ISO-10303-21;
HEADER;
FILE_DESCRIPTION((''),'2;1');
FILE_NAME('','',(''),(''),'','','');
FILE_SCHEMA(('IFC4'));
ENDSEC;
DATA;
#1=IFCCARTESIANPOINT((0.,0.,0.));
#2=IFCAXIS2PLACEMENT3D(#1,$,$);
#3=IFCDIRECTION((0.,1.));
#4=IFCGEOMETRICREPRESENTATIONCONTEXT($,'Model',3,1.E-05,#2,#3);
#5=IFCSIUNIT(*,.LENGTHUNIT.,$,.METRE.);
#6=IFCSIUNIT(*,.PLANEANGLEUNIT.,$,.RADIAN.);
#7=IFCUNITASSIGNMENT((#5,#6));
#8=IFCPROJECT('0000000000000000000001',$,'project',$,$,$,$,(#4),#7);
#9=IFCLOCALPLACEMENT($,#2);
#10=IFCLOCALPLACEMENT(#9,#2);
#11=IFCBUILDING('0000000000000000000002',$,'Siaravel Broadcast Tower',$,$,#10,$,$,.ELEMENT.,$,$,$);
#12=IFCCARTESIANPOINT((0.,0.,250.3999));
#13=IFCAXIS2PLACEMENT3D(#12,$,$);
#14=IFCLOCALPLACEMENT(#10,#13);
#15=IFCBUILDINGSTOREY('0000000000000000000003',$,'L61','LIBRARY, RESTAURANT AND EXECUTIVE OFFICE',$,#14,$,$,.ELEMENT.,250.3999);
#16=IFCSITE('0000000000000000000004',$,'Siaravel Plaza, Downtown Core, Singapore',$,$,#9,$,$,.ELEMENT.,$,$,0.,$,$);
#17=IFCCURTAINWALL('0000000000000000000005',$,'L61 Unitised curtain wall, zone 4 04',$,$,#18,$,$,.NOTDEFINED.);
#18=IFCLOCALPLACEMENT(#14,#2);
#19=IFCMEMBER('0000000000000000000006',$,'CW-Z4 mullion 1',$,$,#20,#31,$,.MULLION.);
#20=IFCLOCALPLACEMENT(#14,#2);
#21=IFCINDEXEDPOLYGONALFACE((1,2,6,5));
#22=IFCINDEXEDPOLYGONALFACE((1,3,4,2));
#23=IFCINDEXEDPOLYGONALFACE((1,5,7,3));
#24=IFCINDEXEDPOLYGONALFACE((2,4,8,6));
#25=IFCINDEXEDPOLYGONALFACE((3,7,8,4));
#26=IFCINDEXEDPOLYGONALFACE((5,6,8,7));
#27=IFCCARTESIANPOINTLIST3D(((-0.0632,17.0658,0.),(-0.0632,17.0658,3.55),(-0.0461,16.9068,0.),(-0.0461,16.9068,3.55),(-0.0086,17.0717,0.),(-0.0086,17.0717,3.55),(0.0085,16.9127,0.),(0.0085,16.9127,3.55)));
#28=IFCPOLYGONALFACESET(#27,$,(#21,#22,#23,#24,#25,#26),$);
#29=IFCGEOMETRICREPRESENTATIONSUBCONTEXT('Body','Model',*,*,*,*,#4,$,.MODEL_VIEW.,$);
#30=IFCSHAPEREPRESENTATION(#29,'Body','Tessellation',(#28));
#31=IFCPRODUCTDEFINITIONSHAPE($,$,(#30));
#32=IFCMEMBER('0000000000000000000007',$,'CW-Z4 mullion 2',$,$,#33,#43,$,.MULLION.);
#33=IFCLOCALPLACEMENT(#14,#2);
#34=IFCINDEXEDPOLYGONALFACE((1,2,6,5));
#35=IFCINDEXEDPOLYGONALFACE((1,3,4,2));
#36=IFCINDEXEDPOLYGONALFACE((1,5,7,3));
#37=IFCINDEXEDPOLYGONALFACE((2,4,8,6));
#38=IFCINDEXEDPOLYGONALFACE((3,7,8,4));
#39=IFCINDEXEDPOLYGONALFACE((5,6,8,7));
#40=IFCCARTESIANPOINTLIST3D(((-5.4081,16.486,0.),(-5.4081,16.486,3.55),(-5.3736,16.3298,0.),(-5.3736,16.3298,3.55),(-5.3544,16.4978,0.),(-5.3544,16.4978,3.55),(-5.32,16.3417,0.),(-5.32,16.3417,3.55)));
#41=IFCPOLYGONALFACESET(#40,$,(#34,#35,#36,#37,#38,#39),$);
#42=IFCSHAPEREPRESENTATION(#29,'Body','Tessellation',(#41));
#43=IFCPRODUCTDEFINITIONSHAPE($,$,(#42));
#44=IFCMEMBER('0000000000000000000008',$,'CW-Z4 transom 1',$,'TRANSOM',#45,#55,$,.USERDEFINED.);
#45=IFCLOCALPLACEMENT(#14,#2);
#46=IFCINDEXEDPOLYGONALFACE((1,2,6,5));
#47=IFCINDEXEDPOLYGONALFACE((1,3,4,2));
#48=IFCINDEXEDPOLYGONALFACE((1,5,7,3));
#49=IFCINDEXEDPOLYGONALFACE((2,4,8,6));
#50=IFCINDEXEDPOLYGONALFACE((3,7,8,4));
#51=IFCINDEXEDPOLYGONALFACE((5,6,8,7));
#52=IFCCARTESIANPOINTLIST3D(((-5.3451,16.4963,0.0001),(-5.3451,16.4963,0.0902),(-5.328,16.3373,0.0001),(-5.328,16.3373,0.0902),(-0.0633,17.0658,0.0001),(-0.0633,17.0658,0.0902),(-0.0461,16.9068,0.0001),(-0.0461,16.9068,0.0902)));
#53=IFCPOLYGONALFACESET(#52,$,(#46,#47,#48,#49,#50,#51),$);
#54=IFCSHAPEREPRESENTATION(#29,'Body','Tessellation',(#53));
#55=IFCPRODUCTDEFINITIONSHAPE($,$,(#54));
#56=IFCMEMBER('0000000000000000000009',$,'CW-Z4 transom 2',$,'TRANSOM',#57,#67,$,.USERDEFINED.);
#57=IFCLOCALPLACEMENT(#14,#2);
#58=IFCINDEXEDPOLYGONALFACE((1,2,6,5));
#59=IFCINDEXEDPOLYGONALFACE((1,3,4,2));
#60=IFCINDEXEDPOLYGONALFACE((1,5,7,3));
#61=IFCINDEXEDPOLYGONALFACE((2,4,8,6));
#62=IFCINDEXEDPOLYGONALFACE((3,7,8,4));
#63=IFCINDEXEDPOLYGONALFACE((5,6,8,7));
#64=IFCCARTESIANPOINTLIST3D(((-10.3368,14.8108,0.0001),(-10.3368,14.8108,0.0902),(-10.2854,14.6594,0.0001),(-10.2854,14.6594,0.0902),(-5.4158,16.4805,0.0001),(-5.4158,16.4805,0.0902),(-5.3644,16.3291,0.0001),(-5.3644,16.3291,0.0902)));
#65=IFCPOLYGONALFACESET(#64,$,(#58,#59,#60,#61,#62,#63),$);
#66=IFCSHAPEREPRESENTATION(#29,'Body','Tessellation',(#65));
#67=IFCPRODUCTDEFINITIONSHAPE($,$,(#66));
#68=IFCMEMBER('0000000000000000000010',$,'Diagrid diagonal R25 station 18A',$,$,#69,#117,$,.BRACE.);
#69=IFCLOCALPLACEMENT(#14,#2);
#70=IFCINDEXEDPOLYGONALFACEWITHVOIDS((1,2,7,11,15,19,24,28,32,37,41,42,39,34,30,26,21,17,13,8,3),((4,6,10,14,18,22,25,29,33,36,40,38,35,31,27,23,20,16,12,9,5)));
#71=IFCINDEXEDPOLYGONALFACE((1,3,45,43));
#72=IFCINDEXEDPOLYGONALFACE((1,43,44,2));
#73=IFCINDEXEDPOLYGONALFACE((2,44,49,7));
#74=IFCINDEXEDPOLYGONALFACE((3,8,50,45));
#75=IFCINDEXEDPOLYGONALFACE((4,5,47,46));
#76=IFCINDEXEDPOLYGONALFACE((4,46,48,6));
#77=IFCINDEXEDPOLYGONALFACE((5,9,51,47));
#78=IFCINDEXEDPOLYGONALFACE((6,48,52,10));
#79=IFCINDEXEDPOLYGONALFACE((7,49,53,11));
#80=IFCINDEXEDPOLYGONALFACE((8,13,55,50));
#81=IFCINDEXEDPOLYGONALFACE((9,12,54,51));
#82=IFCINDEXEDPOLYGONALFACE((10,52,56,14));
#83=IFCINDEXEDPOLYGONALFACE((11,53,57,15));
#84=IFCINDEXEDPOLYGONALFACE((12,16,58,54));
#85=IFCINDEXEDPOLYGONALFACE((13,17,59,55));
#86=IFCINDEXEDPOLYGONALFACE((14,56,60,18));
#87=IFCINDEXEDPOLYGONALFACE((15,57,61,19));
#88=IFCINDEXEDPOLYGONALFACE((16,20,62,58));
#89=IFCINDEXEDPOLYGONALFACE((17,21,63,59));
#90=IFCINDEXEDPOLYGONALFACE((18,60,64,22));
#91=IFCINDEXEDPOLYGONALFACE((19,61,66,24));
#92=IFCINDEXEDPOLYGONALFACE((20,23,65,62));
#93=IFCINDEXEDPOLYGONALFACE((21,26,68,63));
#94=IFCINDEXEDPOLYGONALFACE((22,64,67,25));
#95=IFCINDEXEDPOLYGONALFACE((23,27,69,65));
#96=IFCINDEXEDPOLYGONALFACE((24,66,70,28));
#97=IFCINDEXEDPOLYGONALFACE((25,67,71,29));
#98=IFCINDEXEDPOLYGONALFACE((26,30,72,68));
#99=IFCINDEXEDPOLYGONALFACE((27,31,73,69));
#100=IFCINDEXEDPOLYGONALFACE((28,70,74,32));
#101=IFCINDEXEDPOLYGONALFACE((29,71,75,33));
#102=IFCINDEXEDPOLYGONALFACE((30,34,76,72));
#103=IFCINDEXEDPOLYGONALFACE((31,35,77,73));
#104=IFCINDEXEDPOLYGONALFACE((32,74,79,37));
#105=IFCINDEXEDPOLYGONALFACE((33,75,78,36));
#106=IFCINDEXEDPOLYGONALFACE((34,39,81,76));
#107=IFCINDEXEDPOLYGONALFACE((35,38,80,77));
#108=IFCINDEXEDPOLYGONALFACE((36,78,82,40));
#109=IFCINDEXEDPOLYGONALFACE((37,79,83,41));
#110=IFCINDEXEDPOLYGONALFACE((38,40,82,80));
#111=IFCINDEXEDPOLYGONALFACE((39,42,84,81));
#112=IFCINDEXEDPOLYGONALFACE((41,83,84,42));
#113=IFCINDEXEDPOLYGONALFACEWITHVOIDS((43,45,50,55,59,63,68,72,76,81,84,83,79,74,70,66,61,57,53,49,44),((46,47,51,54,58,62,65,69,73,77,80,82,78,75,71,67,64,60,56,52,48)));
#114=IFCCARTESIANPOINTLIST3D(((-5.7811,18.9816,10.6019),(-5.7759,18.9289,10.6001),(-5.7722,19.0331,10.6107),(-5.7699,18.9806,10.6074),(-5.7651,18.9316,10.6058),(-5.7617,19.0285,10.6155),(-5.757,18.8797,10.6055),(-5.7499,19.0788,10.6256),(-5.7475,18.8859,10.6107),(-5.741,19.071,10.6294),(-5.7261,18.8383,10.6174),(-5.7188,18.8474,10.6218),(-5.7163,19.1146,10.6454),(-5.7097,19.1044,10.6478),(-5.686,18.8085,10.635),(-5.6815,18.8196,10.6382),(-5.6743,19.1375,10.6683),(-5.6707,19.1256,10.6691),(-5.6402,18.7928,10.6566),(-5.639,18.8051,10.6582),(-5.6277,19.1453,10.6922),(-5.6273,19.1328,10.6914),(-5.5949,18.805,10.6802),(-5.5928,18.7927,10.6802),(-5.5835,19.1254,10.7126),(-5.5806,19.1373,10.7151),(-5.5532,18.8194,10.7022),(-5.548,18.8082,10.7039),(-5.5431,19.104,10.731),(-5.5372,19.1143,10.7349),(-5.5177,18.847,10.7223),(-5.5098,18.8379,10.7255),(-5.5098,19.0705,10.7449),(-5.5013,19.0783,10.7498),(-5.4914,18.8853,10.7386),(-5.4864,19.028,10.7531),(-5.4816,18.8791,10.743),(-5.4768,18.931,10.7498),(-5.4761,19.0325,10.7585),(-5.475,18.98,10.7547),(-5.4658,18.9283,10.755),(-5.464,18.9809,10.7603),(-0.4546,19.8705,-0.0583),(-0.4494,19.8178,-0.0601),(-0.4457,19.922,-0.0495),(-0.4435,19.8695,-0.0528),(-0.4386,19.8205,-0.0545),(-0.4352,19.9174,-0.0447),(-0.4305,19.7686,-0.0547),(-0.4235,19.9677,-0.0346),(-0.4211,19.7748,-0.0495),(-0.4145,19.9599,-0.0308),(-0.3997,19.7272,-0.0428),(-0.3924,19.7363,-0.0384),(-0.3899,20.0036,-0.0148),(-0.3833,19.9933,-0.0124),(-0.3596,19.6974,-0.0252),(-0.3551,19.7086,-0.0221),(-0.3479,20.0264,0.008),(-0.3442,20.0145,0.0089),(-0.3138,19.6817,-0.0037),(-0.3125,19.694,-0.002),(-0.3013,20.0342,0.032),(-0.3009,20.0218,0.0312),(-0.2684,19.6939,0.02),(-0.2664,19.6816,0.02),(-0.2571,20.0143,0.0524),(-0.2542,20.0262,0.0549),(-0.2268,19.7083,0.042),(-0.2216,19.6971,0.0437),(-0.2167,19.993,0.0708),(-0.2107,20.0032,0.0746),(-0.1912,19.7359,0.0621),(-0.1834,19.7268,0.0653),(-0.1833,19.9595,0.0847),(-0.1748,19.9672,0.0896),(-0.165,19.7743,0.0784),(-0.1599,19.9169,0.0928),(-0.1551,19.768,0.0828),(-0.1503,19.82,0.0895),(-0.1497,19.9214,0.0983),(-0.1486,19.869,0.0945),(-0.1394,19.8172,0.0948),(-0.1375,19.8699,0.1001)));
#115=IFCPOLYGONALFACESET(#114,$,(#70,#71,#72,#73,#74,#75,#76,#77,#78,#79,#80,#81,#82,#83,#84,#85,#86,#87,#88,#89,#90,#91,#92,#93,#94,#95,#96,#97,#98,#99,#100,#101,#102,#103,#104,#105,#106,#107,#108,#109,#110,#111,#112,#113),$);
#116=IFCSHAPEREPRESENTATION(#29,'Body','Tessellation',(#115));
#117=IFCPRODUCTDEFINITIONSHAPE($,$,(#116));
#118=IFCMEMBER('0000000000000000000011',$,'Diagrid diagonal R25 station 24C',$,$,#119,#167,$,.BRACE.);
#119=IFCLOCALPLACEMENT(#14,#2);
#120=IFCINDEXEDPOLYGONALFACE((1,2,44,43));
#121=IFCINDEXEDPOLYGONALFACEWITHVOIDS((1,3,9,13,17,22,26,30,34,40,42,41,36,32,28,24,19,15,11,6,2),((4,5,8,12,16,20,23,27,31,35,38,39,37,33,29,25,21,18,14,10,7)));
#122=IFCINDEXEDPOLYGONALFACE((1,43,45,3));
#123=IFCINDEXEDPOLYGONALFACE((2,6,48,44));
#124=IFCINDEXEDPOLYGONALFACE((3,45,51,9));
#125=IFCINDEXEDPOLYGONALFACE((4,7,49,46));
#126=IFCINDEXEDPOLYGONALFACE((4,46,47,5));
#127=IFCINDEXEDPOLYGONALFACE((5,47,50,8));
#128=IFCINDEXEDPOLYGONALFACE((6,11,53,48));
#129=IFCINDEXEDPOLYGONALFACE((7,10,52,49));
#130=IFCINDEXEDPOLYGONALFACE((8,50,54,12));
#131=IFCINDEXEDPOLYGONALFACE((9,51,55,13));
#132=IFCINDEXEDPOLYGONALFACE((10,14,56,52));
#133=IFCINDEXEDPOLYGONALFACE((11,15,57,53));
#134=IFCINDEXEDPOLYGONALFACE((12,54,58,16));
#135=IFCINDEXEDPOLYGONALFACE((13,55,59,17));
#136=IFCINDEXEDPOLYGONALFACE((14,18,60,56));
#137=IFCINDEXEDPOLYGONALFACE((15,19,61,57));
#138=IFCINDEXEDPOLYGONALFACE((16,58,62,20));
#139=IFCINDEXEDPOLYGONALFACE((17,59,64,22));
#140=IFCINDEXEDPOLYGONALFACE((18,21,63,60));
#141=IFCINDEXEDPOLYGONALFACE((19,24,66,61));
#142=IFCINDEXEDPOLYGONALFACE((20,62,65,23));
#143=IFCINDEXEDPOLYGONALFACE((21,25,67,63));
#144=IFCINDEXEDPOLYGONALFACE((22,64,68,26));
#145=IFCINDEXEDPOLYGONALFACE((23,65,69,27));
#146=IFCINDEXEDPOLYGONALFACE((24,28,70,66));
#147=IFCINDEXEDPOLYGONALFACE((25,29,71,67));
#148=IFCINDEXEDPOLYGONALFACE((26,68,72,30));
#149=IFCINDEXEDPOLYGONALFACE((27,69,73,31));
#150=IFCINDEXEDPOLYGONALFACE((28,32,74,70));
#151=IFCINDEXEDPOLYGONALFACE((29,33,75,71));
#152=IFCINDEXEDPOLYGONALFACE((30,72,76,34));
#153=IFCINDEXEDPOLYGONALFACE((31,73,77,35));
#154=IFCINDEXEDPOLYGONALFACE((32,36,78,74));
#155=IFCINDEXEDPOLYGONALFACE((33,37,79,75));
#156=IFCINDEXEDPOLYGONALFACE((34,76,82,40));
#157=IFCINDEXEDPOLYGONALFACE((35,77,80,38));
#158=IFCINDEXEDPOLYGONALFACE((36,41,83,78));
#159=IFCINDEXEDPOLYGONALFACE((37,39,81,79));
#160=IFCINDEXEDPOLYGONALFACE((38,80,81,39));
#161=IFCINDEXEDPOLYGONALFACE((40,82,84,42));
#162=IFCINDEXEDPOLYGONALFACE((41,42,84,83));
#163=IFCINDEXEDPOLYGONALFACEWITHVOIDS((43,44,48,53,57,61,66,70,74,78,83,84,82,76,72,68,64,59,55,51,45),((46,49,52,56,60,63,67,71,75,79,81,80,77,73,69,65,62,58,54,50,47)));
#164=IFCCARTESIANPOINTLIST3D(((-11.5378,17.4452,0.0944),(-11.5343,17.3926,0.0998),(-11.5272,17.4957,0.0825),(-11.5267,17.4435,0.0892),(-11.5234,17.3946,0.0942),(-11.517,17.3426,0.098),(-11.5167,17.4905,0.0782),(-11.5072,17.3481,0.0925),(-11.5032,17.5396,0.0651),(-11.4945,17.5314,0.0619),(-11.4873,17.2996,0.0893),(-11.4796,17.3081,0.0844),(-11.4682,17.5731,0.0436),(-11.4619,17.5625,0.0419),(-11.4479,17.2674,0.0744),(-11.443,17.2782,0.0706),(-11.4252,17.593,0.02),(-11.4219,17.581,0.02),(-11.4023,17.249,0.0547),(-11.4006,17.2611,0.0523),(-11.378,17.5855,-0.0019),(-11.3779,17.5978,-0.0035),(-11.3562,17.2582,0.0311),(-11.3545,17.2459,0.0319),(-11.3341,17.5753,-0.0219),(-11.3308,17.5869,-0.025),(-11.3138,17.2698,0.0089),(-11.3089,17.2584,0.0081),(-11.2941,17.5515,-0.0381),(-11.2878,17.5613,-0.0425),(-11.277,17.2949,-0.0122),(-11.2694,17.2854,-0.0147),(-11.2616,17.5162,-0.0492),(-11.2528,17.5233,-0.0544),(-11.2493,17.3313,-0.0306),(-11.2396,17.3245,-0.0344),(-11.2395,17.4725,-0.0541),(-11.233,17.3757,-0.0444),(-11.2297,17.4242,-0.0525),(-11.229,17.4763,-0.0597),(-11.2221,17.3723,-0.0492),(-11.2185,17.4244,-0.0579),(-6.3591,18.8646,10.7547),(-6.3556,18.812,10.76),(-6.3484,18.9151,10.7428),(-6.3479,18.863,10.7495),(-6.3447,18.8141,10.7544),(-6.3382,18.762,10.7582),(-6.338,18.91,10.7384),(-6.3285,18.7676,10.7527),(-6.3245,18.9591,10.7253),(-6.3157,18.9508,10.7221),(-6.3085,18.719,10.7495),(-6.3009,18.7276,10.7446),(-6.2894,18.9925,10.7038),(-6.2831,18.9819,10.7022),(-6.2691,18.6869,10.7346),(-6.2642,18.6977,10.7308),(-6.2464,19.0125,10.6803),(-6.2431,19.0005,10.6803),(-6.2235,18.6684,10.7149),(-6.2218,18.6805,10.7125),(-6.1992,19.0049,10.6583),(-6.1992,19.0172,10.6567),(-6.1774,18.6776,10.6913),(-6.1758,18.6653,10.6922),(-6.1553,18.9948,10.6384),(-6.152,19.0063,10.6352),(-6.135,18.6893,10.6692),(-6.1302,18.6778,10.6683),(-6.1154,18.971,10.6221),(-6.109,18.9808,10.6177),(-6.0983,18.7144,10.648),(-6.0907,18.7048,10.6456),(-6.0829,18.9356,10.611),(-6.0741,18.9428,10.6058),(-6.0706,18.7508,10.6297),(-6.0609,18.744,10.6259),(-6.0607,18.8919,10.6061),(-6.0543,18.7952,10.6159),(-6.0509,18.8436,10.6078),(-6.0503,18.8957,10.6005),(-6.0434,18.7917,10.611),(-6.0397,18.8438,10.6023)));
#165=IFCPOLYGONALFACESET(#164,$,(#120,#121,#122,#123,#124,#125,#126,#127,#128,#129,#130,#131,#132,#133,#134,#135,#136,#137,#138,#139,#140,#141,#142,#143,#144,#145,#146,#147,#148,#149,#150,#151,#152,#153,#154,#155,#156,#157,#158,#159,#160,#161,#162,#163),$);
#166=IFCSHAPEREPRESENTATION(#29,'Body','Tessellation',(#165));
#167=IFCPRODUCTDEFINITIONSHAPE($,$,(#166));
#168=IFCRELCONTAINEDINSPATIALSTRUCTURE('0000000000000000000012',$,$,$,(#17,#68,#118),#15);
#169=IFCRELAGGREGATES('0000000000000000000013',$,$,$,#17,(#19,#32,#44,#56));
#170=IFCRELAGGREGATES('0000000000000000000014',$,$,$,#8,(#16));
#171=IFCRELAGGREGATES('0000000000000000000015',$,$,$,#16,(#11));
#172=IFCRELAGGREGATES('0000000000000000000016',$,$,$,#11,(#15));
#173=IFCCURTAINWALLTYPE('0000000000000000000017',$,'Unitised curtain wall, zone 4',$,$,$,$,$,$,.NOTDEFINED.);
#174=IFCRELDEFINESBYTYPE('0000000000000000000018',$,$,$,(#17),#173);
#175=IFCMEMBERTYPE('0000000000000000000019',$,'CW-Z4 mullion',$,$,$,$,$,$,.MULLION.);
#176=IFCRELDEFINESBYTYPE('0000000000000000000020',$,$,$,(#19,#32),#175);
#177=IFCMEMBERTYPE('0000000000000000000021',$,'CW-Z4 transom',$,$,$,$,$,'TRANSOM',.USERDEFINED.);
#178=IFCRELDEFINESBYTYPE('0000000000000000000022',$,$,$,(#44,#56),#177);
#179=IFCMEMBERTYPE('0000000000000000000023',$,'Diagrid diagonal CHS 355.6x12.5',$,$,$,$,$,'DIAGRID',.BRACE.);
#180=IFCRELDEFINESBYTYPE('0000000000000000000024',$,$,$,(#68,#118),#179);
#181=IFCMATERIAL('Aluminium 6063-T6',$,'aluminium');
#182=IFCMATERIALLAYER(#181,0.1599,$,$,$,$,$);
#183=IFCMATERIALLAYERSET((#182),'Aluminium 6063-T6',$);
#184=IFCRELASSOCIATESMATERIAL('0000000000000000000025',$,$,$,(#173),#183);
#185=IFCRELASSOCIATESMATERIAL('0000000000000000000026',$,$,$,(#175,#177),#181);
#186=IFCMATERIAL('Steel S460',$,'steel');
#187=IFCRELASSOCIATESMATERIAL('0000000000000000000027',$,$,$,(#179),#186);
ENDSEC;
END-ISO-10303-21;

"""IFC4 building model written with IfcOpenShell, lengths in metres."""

from ifc_helpers import new_model, si_unit, direction, frame, origin, origin_2d, place, context, subcontext, project, spatial, rectangle, hollow_circle, extrude, material, layer, layer_set, material_profile, profile_set, type_object, element, aggregate, save


model = new_model("IFC4")

# Units and contexts
model_context = context("Model", 3, precision=1e-05, world=origin(), true_north=direction((0.0, 1.0)))
body_context = subcontext(model_context, "Body", "Model", "MODEL_VIEW")
ifc_project = project(units=[si_unit("LENGTHUNIT", "METRE"), si_unit("PLANEANGLEUNIT", "RADIAN")], contexts=[model_context])

# Site, building, storey
site_placement = place(None, origin())
site = spatial("IfcSite", under=ifc_project, at=site_placement, Name="Siaravel Plaza, Downtown Core, Singapore", CompositionType="ELEMENT", RefElevation=0.0)
building_placement = place(site_placement, origin())
building = spatial("IfcBuilding", under=site, at=building_placement, Name="Siaravel Broadcast Tower", CompositionType="ELEMENT")
storey_placement = place(building_placement, frame((0.0, 0.0, 250.3999)))
storey = spatial("IfcBuildingStorey", under=building, at=storey_placement, Name="L61", Description="LIBRARY, RESTAURANT AND EXECUTIVE OFFICE", CompositionType="ELEMENT", Elevation=250.3999)

# Curtain wall, members
ifc_material_1 = material(Name="Aluminium 6063-T6", Category="aluminium")
ifc_layer_1 = layer(ifc_material_1, 0.1599)
ifc_layer_set_1 = layer_set([ifc_layer_1], Name="Aluminium 6063-T6")
curtain_wall_type = type_object("IfcCurtainWallType", Name="Unitised curtain wall, zone 4", PredefinedType="NOTDEFINED", material=ifc_layer_set_1)
curtain_wall_placement = place(storey_placement, origin())
curtain_wall = element("IfcCurtainWall", 1, at=curtain_wall_placement, inside=storey, type_object=curtain_wall_type, Name="L61 Unitised curtain wall, zone 4 04", PredefinedType="NOTDEFINED")
ifc_material_profile_1 = material_profile(ifc_material_1, rectangle(XDim=0.1599, YDim=0.0549, at=origin_2d()))
ifc_profile_set_1 = profile_set([ifc_material_profile_1], Name="Aluminium 6063-T6")
member_type_1 = type_object("IfcMemberType", Name="CW-Z4 mullion", PredefinedType="MULLION", material=ifc_profile_set_1)
member_1_placement = place(storey_placement, frame((-0.0273, 16.9893, 0.0), z_axis=(0.0, 0.0, 1.0), x_axis=(0.107218, -0.994236, 0.0)))
member_1 = element("IfcMember", 2, at=member_1_placement, type_object=member_type_1, Name="CW-Z4 mullion 1", PredefinedType="MULLION", context=body_context, shape_type="SweptSolid", body=[
    extrude(rectangle(XDim=0.1599, YDim=0.0549, at=origin_2d()), origin(), (0.0, 0.0, 1.0), 3.55),
])
member_2_placement = place(storey_placement, frame((-5.364, 16.4138, 0.0), z_axis=(0.0, 0.0, 1.0), x_axis=(0.215559, -0.976491, 0.0)))
member_2 = element("IfcMember", 3, at=member_2_placement, type_object=member_type_1, Name="CW-Z4 mullion 2", PredefinedType="MULLION", context=body_context, shape_type="SweptSolid", body=[
    extrude(rectangle(XDim=0.1599, YDim=0.0549, at=origin_2d()), origin(), (0.0, 0.0, 1.0), 3.55),
])
ifc_material_profile_2 = material_profile(ifc_material_1, rectangle(XDim=0.1599, YDim=0.0901, at=origin_2d()))
ifc_profile_set_2 = profile_set([ifc_material_profile_2], Name="Aluminium 6063-T6")
member_type_2 = type_object("IfcMemberType", Name="CW-Z4 transom", ElementType="TRANSOM", PredefinedType="USERDEFINED", material=ifc_profile_set_2)
member_3_placement = place(storey_placement, frame((-0.0547, 16.9863, 0.0452), z_axis=(-0.994236, -0.107213, 0.0), x_axis=(0.107213, -0.994236, 0.0)))
member_3 = element("IfcMember", 4, at=member_3_placement, type_object=member_type_2, Name="CW-Z4 transom 1", ObjectType="TRANSOM", PredefinedType="USERDEFINED", context=body_context, shape_type="SweptSolid", body=[
    extrude(rectangle(XDim=0.1599, YDim=0.0901, at=origin_2d()), origin(), (0.0, 0.0, 1.0), 5.3125),
])
member_4_placement = place(storey_placement, frame((-5.3901, 16.4048, 0.0452), z_axis=(-0.946974, -0.321311, 0.0), x_axis=(0.321311, -0.946974, 0.0)))
member_4 = element("IfcMember", 5, at=member_4_placement, type_object=member_type_2, Name="CW-Z4 transom 2", ObjectType="TRANSOM", PredefinedType="USERDEFINED", context=body_context, shape_type="SweptSolid", body=[
    extrude(rectangle(XDim=0.1599, YDim=0.0901, at=origin_2d()), origin(), (0.0, 0.0, 1.0), 5.1965),
])

# Members
ifc_material_2 = material(Name="Steel S460", Category="steel")
ifc_material_profile_3 = material_profile(ifc_material_2, hollow_circle(Radius=0.1777, WallThickness=0.0125, at=origin_2d()))
ifc_profile_set_3 = profile_set([ifc_material_profile_3], Name="Steel S460")
member_type_3 = type_object("IfcMemberType", Name="Diagrid diagonal CHS 355.6x12.5", ElementType="DIAGRID", PredefinedType="BRACE", material=ifc_profile_set_3)
member_5_placement = place(storey_placement, frame((-0.2957, 19.8569, 0.02), z_axis=(-0.445729, -0.074387, 0.892072), x_axis=(0.164612, -0.986358, 0.0)))
element("IfcMember", 6, at=member_5_placement, inside=storey, type_object=member_type_3, Name="Diagrid diagonal R25 station 18A", PredefinedType="BRACE", context=body_context, shape_type="SweptSolid", body=[
    extrude(hollow_circle(Radius=0.1777, WallThickness=0.0125, at=origin_2d()), origin(), (0.0, 0.0, 1.0), 11.95),
])
member_6_placement = place(storey_placement, frame((-11.3782, 17.4216, 0.02), z_axis=(0.433866, 0.118918, 0.893095), x_axis=(-0.264341, 0.964429, 0.0)))
element("IfcMember", 7, at=member_6_placement, inside=storey, type_object=member_type_3, Name="Diagrid diagonal R25 station 24C", PredefinedType="BRACE", context=body_context, shape_type="SweptSolid", body=[
    extrude(hollow_circle(Radius=0.1777, WallThickness=0.0125, at=origin_2d()), origin(), (0.0, 0.0, 1.0), 11.9363),
])

aggregate(curtain_wall, [member_1, member_2, member_3, member_4])

save(model, "model.ifc")
